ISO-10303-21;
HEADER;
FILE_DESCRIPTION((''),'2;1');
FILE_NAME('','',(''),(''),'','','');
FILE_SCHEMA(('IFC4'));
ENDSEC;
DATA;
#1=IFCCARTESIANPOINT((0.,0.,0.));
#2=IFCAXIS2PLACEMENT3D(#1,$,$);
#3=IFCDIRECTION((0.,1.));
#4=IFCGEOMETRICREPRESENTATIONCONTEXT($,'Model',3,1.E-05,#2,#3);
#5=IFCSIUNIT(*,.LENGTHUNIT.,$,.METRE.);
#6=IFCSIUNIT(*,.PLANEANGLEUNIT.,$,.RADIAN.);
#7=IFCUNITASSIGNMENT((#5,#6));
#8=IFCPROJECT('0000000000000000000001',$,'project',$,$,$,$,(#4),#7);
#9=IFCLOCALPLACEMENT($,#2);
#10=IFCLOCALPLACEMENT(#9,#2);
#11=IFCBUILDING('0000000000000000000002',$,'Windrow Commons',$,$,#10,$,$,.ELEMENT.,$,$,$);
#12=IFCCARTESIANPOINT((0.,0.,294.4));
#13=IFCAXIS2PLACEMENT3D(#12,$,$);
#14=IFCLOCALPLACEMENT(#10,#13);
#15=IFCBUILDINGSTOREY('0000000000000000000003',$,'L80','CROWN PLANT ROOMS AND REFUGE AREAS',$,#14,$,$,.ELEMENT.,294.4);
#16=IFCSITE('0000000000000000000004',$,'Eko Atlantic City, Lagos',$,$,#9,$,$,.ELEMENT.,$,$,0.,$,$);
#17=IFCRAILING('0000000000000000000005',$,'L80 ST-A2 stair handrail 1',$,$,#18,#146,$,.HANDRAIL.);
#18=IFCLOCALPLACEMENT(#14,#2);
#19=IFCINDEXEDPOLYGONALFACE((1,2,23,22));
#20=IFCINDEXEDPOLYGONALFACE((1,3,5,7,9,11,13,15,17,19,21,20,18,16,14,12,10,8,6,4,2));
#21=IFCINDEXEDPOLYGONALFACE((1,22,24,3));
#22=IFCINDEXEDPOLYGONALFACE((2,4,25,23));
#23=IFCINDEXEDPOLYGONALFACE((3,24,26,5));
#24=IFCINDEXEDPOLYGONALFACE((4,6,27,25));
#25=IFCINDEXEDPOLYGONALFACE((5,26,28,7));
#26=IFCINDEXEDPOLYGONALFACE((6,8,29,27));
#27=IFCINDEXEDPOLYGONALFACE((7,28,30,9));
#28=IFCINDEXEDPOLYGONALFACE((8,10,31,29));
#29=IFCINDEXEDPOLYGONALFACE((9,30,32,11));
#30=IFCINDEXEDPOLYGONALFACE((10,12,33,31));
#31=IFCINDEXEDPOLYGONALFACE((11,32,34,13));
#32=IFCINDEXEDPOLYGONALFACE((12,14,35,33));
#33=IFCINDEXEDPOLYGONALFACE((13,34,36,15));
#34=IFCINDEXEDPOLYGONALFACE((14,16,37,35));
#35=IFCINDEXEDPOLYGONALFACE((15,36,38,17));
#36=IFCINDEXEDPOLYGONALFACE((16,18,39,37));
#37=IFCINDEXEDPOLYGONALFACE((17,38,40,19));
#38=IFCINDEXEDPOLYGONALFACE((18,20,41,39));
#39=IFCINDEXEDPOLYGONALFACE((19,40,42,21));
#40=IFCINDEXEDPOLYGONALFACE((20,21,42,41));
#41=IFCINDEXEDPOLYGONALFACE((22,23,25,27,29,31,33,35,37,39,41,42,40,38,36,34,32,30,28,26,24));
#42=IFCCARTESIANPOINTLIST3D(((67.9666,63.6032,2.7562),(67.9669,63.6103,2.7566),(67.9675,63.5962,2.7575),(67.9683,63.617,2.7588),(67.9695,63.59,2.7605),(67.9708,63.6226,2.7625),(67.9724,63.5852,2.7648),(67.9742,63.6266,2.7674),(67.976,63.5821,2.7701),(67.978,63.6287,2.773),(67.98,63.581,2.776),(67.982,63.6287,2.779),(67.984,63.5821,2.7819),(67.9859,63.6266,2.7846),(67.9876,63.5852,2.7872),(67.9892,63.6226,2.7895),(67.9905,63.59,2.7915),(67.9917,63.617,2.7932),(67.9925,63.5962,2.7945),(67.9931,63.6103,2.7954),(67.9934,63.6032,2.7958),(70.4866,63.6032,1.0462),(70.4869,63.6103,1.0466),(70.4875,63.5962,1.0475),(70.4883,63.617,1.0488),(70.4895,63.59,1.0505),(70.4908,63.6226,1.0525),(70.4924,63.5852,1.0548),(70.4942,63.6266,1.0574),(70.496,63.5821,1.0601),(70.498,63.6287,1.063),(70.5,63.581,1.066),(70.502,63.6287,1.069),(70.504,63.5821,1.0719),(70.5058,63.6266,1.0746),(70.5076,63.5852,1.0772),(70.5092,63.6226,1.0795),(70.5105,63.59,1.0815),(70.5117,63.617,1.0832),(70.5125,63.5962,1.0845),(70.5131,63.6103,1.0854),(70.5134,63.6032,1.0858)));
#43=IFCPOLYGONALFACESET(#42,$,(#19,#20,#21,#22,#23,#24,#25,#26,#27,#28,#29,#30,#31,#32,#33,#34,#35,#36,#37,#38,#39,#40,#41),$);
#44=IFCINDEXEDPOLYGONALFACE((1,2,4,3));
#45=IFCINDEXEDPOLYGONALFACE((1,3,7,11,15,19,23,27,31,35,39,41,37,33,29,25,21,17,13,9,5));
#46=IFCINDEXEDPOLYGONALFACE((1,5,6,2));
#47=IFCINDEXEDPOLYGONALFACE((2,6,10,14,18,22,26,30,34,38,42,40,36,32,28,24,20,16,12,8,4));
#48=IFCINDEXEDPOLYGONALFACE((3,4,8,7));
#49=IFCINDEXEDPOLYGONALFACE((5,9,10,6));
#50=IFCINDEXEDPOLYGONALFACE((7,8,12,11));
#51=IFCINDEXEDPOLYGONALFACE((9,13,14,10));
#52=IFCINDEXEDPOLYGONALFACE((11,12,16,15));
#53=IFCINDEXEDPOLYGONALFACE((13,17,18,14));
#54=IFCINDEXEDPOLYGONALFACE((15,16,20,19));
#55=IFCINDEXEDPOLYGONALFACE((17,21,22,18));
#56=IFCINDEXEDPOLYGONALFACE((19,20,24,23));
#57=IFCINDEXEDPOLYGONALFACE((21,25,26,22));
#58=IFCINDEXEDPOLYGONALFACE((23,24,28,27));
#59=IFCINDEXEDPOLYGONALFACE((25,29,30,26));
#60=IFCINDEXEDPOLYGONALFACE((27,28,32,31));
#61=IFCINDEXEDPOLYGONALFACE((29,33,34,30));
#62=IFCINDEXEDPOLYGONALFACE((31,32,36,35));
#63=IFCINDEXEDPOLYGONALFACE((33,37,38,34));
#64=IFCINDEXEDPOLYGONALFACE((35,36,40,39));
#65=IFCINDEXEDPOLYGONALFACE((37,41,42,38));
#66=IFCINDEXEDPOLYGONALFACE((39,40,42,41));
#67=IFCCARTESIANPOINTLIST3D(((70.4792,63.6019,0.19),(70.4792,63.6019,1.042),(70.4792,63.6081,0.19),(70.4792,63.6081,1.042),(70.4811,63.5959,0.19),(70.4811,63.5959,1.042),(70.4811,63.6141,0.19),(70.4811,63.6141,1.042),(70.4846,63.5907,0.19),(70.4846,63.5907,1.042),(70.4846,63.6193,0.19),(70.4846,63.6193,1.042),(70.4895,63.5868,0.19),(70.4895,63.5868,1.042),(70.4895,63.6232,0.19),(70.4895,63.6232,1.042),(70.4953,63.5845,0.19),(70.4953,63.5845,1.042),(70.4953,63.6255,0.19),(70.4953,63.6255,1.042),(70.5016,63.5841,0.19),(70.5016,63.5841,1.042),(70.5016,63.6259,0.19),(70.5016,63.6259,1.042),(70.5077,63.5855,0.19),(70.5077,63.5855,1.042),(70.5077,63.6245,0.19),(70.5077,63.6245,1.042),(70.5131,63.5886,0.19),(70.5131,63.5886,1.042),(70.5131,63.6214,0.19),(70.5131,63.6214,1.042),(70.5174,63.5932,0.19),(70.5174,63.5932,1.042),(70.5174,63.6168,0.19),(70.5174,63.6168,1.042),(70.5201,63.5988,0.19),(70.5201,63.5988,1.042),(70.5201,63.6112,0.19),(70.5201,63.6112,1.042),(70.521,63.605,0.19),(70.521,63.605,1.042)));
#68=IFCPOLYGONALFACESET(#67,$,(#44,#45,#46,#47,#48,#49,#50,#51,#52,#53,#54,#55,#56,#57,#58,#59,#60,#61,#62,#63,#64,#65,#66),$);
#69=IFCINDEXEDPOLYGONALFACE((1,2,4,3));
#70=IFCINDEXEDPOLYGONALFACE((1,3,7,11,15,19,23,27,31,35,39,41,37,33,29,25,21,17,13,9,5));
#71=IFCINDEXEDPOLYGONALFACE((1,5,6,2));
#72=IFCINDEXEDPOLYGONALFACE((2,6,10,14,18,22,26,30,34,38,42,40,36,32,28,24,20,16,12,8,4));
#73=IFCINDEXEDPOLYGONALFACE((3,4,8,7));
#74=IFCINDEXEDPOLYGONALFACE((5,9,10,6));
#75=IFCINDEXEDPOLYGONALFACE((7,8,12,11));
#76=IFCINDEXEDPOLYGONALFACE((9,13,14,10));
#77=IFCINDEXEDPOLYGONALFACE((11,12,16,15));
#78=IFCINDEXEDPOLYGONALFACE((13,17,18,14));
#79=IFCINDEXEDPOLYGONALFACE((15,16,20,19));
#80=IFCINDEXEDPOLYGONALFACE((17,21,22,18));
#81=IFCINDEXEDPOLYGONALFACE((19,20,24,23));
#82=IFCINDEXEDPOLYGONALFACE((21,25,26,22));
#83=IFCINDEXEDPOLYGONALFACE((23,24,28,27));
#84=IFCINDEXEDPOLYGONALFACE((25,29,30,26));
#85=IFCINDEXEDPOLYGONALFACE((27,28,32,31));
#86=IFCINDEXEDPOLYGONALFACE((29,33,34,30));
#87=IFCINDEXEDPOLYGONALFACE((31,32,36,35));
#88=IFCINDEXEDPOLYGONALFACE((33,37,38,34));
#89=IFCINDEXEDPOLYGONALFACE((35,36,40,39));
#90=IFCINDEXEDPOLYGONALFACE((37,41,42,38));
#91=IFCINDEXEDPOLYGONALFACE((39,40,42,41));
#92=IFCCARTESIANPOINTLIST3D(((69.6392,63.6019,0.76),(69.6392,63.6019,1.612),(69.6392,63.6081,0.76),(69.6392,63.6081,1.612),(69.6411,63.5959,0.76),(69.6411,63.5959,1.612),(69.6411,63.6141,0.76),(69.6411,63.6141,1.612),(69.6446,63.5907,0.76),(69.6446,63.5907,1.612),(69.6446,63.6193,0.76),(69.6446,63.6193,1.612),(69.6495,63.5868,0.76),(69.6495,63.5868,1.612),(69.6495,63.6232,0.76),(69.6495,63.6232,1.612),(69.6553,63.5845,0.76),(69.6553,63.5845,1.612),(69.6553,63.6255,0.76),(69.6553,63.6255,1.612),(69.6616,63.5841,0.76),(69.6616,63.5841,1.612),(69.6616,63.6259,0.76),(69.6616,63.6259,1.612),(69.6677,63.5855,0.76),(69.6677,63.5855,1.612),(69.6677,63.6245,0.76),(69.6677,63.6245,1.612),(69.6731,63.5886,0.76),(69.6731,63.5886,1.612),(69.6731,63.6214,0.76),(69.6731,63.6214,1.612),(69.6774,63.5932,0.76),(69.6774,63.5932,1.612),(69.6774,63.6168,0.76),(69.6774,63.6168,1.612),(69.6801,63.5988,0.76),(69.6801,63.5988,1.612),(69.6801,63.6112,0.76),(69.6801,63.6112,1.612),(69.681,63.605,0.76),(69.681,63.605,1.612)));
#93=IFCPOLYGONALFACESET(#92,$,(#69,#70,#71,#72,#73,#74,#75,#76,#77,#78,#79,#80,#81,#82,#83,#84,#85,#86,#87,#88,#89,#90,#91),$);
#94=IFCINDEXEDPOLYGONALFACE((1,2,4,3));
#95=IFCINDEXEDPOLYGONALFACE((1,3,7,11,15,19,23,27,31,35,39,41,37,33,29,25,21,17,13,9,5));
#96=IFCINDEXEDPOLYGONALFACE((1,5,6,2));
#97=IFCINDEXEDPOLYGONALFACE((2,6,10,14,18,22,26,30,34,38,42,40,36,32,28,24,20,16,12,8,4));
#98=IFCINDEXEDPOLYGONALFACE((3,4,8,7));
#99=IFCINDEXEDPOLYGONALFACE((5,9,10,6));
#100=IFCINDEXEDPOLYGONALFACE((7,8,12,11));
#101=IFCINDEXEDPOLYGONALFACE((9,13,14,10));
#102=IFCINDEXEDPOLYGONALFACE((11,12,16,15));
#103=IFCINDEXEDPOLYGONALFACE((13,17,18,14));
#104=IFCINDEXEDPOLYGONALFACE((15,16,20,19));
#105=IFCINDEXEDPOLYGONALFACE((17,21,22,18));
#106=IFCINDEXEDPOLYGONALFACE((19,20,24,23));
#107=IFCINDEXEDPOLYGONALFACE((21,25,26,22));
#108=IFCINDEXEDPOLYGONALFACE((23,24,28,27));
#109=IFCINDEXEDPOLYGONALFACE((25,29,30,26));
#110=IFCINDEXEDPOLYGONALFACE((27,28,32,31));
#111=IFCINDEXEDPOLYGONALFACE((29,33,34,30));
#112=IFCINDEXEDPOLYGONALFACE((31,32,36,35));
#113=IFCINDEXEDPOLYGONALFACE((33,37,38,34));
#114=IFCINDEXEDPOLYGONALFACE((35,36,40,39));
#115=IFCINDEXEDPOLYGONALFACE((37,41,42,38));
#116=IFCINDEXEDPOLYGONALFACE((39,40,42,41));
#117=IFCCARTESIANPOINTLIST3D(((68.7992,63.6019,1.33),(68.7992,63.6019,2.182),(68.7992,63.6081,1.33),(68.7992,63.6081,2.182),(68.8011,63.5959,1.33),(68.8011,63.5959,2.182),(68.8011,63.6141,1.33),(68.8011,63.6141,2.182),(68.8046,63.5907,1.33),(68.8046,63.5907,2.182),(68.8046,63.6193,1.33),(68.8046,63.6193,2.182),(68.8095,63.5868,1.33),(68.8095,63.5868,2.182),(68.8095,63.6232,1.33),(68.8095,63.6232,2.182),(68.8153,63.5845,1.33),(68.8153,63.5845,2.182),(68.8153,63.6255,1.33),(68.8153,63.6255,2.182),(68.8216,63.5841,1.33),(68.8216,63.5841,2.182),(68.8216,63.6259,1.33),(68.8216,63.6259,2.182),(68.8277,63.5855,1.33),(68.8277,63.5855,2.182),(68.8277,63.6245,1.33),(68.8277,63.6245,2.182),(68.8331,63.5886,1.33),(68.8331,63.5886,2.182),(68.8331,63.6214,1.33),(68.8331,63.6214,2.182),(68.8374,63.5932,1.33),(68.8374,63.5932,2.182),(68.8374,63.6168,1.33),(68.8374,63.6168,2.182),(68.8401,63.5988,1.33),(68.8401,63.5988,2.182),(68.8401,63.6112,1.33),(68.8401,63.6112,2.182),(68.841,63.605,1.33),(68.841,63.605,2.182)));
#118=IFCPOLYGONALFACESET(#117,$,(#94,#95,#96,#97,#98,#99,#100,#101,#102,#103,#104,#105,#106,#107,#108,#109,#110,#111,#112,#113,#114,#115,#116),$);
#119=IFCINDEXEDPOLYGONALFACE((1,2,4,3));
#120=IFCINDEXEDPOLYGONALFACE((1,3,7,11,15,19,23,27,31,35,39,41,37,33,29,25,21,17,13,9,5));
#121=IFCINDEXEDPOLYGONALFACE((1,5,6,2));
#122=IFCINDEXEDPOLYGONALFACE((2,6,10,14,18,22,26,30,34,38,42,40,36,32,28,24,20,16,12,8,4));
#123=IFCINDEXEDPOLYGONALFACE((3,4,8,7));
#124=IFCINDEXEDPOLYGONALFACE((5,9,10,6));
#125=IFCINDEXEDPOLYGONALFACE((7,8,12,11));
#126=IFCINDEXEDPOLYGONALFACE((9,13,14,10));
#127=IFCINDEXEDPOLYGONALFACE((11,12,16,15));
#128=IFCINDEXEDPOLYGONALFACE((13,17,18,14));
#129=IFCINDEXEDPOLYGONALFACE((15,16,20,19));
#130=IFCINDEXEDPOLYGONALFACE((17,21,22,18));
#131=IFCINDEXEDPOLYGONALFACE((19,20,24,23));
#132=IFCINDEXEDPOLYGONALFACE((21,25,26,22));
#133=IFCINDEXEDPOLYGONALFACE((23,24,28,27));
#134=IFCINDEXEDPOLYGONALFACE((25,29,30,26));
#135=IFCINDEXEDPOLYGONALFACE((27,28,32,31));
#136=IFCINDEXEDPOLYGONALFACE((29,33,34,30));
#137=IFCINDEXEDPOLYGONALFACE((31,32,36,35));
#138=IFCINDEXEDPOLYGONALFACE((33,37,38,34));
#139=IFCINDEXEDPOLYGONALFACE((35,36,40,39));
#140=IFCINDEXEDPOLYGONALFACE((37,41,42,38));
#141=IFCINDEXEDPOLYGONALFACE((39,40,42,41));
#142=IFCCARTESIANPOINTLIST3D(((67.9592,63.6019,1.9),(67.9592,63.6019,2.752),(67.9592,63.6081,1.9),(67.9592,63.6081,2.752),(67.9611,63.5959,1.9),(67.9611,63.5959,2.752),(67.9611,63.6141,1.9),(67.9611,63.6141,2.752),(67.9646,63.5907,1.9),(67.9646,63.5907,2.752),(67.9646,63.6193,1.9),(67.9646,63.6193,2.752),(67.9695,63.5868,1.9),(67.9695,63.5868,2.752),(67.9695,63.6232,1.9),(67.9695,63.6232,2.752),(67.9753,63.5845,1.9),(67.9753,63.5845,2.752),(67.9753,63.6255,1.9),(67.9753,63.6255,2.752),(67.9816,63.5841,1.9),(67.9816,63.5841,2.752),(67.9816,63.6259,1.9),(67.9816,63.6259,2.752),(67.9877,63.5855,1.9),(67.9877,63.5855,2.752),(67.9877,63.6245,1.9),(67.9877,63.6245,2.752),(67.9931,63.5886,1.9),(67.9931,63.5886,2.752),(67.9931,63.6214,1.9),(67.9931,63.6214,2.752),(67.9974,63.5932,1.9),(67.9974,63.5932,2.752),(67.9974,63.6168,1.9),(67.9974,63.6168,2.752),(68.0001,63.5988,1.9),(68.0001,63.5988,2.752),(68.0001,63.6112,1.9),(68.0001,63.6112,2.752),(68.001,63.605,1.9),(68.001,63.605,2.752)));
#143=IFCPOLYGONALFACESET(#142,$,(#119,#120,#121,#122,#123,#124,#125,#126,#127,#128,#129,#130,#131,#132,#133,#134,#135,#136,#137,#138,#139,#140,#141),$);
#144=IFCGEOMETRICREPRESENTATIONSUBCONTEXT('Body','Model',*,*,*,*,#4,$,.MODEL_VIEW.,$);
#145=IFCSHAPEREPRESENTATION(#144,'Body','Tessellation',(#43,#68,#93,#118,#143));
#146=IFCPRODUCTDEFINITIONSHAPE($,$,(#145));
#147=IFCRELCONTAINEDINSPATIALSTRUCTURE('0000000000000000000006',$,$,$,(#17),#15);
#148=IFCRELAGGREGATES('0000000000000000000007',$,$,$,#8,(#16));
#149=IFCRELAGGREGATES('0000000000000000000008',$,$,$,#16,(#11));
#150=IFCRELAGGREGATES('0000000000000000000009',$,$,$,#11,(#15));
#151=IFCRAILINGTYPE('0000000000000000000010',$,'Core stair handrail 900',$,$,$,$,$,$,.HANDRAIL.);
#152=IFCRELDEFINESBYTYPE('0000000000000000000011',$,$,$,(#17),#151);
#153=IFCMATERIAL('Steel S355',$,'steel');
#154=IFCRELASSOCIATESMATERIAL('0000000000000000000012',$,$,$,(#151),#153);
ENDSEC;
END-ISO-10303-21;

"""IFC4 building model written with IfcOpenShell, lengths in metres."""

from ifc_helpers import new_model, si_unit, direction, frame, origin, origin_2d, place, context, subcontext, project, spatial, circle, extrude, material, type_object, element, save


model = new_model("IFC4")

# Units and contexts
model_context = context("Model", 3, precision=1e-05, world=origin(), true_north=direction((0.0, 1.0)))
body_context = subcontext(model_context, "Body", "Model", "MODEL_VIEW")
ifc_project = project(units=[si_unit("LENGTHUNIT", "METRE"), si_unit("PLANEANGLEUNIT", "RADIAN")], contexts=[model_context])

# Site, building, storey
site_placement = place(None, origin())
site = spatial("IfcSite", under=ifc_project, at=site_placement, Name="Eko Atlantic City, Lagos", CompositionType="ELEMENT", RefElevation=0.0)
building_placement = place(site_placement, origin())
building = spatial("IfcBuilding", under=site, at=building_placement, Name="Windrow Commons", CompositionType="ELEMENT")
storey_placement = place(building_placement, frame((0.0, 0.0, 294.4)))
storey = spatial("IfcBuildingStorey", under=building, at=storey_placement, Name="L80", Description="CROWN PLANT ROOMS AND REFUGE AREAS", CompositionType="ELEMENT", Elevation=294.4)

# Railing
ifc_material_1 = material(Name="Steel S355", Category="steel")
railing_type_1 = type_object("IfcRailingType", Name="Core stair handrail 900", PredefinedType="HANDRAIL", material=ifc_material_1)
railing_1_placement = place(storey_placement, frame((70.5, 63.605, 0.19)))
element("IfcRailing", 1, at=railing_1_placement, inside=storey, type_object=railing_type_1, Name="L80 ST-A2 stair handrail 1", PredefinedType="HANDRAIL", context=body_context, shape_type="SweptSolid", body=[
    extrude(circle(Radius=0.024, at=origin_2d()), frame((0.0, 0.0, 0.876), z_axis=(-0.827476, 0.0, 0.561501), x_axis=(0.0, -1.0, 0.0)), (0.0, 0.0, 1.0), 3.0454),
    extrude(circle(Radius=0.021, at=origin_2d()), origin(), (0.0, 0.0, 1.0), 0.852),
    extrude(circle(Radius=0.021, at=origin_2d()), frame((-0.84, 0.0, 0.57)), (0.0, 0.0, 1.0), 0.852),
    extrude(circle(Radius=0.021, at=origin_2d()), frame((-1.68, 0.0, 1.14)), (0.0, 0.0, 1.0), 0.852),
    extrude(circle(Radius=0.021, at=origin_2d()), frame((-2.52, 0.0, 1.71)), (0.0, 0.0, 1.0), 0.852),
])

save(model, "model.ifc")
